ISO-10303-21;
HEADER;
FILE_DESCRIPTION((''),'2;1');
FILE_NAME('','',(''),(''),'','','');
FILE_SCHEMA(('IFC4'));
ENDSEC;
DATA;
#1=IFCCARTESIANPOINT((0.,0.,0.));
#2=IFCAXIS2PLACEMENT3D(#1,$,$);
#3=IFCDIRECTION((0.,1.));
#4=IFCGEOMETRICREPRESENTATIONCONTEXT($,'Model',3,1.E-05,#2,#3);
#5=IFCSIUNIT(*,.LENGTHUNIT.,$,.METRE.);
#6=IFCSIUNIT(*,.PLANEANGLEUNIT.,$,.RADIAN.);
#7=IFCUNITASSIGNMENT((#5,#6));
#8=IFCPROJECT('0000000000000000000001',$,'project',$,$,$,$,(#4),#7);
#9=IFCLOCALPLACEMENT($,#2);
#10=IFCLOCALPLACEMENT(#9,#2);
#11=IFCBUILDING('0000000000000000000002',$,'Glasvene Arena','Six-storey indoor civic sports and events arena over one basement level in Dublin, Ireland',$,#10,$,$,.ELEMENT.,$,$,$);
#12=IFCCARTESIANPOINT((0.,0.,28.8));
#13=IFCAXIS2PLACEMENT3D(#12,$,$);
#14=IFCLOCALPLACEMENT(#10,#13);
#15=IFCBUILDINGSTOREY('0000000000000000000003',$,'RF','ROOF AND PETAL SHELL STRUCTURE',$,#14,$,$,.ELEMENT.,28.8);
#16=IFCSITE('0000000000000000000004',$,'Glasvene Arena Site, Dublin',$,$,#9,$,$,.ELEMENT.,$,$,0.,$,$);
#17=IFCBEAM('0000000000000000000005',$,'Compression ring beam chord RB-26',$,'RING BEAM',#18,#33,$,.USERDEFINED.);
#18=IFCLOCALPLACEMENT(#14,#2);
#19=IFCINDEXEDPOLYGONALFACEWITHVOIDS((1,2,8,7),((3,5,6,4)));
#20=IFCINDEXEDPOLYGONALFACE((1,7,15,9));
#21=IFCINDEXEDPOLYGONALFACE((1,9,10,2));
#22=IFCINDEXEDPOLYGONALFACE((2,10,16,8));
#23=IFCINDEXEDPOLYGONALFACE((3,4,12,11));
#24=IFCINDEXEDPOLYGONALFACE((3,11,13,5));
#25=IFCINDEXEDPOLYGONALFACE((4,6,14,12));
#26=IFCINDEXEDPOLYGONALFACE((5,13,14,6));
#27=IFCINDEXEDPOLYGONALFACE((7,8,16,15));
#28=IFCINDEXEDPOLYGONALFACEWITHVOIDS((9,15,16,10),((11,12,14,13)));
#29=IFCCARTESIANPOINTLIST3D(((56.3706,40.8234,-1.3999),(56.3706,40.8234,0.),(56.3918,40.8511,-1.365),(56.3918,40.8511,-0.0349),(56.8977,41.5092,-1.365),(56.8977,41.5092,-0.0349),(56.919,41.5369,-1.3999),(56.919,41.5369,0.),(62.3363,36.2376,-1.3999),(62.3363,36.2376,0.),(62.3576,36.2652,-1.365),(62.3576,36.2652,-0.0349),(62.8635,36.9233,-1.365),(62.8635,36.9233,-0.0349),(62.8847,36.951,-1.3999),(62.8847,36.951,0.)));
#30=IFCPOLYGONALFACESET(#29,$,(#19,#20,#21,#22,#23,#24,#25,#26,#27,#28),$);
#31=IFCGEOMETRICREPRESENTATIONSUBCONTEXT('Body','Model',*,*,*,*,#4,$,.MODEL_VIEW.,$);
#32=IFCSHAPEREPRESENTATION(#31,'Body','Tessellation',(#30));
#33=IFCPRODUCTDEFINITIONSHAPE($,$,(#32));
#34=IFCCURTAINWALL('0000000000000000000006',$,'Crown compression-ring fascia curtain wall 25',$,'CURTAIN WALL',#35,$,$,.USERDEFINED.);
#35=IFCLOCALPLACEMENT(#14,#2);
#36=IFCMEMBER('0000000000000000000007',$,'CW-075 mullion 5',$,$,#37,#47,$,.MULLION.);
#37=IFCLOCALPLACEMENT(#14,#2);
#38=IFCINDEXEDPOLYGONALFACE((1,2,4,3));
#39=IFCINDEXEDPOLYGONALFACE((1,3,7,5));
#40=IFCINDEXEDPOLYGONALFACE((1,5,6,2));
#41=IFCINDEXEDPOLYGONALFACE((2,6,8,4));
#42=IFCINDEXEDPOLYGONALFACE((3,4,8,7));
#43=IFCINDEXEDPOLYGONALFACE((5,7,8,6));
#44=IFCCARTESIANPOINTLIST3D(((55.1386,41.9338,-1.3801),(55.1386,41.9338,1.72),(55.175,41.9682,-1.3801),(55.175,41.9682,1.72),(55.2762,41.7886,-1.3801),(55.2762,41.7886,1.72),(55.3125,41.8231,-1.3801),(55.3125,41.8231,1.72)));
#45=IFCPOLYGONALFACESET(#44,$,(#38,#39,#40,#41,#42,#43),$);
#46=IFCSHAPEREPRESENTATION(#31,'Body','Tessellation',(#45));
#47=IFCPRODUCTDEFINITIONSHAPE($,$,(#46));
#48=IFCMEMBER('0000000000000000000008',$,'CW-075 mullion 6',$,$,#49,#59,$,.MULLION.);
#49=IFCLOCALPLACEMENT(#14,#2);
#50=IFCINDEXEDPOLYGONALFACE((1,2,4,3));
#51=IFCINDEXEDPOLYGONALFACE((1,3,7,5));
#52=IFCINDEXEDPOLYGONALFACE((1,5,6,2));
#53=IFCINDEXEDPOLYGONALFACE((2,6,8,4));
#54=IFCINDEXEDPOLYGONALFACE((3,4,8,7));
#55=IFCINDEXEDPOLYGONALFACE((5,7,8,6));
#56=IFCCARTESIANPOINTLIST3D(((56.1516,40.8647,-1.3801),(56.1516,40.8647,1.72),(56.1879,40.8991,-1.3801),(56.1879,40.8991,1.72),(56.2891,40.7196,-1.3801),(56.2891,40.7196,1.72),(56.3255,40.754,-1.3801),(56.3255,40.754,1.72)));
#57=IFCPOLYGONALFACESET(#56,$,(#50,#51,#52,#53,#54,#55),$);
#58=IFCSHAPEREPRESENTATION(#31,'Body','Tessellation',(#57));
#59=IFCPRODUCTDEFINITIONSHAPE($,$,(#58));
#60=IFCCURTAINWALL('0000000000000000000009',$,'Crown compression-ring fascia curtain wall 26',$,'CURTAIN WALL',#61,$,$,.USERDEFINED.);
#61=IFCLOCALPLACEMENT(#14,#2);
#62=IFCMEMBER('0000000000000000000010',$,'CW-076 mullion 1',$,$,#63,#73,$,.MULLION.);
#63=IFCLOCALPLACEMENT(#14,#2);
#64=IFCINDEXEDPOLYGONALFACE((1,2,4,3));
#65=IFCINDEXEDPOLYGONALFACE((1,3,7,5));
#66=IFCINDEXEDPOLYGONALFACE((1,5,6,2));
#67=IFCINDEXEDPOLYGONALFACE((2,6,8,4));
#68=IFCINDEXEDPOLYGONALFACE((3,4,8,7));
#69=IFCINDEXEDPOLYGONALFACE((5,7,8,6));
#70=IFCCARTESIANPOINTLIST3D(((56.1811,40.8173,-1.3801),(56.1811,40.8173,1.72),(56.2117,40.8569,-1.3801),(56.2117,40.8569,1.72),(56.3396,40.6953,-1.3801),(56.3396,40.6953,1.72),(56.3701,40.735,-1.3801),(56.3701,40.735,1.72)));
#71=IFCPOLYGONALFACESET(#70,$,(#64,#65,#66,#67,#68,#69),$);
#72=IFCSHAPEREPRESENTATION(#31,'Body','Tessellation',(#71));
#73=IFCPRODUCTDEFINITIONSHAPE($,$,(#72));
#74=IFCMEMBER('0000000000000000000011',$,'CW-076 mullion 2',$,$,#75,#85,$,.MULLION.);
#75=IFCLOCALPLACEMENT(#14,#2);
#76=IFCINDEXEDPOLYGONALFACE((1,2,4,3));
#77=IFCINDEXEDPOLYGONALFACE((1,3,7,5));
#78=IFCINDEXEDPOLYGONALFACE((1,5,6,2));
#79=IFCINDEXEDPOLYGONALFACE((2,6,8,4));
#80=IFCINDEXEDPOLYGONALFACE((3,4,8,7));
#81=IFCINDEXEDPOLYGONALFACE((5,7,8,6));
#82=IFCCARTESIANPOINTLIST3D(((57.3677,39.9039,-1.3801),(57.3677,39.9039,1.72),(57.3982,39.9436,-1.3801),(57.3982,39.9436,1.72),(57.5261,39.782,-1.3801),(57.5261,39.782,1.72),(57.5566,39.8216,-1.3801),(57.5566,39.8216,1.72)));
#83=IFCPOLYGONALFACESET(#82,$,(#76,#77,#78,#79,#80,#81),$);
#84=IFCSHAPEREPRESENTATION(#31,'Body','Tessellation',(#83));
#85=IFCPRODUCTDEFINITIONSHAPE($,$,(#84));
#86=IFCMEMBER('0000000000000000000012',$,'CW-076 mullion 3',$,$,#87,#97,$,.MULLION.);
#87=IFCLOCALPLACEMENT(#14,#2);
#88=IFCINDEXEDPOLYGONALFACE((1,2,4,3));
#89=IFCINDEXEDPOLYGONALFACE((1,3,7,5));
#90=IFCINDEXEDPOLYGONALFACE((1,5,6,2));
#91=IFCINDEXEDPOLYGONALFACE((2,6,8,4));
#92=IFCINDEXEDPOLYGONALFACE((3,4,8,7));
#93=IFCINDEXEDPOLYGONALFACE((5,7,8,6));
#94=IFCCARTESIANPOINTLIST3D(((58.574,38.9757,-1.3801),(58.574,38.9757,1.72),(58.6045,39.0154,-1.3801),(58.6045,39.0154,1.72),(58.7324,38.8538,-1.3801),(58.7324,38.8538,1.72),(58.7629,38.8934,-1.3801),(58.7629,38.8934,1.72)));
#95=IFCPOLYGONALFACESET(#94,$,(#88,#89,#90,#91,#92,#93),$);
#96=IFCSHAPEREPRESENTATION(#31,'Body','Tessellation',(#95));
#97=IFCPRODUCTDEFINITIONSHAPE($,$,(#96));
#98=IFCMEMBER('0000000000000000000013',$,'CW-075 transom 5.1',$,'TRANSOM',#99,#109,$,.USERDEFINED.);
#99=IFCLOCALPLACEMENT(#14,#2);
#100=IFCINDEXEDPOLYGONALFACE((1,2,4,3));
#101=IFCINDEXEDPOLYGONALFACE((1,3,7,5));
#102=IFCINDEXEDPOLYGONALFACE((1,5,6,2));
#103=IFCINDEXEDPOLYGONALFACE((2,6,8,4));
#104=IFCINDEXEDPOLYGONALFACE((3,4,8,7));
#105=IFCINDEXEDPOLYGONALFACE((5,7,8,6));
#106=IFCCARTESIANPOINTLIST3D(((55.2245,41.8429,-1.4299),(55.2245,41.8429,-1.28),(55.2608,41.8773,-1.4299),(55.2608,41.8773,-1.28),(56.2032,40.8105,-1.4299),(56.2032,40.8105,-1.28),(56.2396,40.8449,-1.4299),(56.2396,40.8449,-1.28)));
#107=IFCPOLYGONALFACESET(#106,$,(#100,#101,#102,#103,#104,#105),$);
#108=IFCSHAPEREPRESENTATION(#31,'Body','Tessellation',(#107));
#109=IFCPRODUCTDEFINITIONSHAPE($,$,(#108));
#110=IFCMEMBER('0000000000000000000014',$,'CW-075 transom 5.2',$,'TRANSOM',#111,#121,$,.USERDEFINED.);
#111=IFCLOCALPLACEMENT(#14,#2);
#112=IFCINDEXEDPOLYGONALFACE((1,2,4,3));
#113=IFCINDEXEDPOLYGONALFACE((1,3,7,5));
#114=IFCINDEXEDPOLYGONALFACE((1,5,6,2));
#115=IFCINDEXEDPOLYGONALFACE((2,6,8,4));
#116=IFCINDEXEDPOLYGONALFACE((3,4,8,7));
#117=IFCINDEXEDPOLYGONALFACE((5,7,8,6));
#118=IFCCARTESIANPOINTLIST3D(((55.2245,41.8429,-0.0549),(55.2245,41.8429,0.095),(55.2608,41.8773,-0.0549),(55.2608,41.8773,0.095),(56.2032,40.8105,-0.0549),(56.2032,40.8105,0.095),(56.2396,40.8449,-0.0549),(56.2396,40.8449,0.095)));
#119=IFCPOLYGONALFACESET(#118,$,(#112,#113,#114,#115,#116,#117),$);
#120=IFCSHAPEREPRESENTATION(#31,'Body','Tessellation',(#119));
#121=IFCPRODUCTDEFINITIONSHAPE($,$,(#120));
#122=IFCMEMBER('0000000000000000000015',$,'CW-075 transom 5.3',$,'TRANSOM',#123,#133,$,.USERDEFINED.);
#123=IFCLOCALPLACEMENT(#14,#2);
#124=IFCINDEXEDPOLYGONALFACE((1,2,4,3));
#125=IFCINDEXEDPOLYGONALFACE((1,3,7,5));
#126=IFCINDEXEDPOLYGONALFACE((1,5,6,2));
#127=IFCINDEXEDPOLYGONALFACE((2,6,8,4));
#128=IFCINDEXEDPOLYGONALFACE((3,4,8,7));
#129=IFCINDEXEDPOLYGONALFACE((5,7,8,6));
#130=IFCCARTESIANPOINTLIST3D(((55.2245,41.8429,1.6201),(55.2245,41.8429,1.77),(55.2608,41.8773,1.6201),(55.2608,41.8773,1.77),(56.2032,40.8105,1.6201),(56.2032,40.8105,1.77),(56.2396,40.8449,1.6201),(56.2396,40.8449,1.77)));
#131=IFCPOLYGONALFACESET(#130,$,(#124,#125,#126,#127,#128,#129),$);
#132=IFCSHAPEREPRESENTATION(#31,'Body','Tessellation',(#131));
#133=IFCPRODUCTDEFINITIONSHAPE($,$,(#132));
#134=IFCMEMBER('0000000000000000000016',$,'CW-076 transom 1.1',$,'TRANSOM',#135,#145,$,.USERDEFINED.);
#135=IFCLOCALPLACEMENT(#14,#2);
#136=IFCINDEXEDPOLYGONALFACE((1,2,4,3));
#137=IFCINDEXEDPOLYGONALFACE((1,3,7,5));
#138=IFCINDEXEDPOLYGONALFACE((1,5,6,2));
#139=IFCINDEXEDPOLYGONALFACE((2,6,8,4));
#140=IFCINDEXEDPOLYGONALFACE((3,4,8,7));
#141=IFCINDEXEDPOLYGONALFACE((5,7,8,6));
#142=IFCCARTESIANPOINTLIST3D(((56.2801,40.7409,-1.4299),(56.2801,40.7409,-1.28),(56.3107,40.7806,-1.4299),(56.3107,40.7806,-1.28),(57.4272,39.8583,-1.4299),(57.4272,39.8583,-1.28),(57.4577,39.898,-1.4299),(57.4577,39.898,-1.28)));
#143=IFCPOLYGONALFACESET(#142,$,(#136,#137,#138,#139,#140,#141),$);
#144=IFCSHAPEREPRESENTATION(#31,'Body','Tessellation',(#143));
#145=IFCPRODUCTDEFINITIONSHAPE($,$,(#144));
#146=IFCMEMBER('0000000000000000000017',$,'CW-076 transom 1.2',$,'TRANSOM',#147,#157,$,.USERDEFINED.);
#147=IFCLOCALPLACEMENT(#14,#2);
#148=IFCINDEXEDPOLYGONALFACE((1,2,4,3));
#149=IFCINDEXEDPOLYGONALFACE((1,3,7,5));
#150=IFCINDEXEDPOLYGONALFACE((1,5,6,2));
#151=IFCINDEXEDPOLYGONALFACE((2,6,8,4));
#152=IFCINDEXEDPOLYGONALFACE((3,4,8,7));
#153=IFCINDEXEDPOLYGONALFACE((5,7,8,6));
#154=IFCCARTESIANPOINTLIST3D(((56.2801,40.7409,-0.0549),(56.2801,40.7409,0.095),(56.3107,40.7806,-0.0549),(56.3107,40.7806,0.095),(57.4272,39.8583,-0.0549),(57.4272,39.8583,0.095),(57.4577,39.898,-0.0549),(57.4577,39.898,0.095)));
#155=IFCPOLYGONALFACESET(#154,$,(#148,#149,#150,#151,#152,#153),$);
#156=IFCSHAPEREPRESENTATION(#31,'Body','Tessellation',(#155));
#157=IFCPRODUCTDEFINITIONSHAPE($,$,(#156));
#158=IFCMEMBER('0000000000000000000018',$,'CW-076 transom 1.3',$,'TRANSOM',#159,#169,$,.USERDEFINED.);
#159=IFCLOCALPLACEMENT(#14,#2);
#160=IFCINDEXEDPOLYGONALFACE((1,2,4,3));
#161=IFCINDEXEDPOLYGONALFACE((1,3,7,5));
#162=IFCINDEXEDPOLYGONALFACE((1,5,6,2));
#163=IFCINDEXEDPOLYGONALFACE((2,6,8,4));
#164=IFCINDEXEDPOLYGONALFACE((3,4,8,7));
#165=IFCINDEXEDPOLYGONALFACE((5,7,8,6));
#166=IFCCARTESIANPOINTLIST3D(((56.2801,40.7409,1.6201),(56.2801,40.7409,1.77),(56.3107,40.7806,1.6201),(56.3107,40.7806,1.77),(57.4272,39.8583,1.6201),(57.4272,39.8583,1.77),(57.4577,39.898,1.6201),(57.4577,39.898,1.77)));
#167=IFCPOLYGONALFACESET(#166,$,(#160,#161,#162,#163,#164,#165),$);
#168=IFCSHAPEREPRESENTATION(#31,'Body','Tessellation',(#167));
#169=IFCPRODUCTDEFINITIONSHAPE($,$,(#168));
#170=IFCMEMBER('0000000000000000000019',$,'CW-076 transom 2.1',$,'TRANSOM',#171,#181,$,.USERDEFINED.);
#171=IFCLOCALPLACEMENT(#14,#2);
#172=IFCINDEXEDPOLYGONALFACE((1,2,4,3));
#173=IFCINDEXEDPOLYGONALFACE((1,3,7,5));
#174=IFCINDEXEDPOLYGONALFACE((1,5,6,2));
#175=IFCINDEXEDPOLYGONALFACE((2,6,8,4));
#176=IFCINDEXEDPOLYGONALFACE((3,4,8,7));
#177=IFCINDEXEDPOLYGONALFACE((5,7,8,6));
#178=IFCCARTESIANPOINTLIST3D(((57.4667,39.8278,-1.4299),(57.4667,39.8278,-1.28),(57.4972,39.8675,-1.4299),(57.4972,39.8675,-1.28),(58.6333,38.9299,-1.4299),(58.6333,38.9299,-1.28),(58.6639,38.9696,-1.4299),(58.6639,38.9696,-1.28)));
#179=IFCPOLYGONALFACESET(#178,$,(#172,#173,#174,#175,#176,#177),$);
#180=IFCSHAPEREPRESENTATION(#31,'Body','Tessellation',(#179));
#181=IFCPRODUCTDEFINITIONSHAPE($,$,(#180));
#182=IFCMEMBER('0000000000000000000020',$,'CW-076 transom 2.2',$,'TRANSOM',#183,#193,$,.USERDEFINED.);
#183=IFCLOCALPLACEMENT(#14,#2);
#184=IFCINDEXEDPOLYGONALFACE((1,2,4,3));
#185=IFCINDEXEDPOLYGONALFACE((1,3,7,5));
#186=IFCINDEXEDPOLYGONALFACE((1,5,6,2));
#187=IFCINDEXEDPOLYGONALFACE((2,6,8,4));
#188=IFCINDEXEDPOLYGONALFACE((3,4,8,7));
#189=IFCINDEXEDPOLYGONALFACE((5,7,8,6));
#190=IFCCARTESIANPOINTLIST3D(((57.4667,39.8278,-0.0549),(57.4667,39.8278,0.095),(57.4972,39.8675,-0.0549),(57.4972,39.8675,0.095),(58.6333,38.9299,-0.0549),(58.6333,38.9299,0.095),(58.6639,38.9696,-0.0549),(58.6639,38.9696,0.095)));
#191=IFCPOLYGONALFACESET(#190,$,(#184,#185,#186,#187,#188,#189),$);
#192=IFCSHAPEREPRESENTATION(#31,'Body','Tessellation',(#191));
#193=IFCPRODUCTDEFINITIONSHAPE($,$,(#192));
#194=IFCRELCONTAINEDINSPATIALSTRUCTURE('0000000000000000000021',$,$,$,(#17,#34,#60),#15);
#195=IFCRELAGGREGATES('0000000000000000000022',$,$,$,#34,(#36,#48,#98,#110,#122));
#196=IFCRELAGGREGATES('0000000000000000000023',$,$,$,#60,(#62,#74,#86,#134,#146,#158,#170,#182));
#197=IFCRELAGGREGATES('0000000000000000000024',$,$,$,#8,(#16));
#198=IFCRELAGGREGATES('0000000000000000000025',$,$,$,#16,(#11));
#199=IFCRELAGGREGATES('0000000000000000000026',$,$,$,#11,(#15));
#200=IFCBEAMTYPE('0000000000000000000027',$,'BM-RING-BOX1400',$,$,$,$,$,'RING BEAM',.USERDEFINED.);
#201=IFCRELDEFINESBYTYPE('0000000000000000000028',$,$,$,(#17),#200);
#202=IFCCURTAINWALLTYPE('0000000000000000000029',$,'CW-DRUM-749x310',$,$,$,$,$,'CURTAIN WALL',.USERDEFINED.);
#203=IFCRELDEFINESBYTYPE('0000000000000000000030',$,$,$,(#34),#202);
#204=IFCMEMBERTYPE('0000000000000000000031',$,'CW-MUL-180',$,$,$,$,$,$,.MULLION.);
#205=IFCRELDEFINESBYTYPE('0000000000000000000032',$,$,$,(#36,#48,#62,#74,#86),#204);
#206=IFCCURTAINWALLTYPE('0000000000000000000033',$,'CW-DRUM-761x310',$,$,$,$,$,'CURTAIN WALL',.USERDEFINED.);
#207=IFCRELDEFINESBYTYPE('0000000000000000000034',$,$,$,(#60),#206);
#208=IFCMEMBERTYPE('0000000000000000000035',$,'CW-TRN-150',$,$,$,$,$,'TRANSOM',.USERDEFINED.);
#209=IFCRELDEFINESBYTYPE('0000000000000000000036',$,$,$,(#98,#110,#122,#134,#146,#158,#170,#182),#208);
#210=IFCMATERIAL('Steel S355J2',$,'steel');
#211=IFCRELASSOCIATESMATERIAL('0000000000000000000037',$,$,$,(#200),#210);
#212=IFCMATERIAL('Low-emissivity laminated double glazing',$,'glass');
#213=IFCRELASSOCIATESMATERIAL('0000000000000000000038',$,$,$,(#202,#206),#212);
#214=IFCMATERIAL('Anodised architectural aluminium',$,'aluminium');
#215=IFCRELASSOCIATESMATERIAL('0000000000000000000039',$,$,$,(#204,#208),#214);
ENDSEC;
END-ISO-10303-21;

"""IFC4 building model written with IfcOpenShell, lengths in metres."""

from ifc_helpers import new_model, si_unit, direction, frame, origin, origin_2d, place, context, subcontext, project, spatial, rectangle, hollow_rectangle, extrude, material, material_profile, profile_set, type_object, element, aggregate, save


model = new_model("IFC4")

# Units and contexts
model_context = context("Model", 3, precision=1e-05, world=origin(), true_north=direction((0.0, 1.0)))
body_context = subcontext(model_context, "Body", "Model", "MODEL_VIEW")
ifc_project = project(units=[si_unit("LENGTHUNIT", "METRE"), si_unit("PLANEANGLEUNIT", "RADIAN")], contexts=[model_context])

# Site, building, storey
site_placement = place(None, origin())
site = spatial("IfcSite", under=ifc_project, at=site_placement, Name="Glasvene Arena Site, Dublin", CompositionType="ELEMENT", RefElevation=0.0)
building_placement = place(site_placement, origin())
building = spatial("IfcBuilding", under=site, at=building_placement, Name="Glasvene Arena", Description="Six-storey indoor civic sports and events arena over one basement level in Dublin, Ireland", CompositionType="ELEMENT")
storey_placement = place(building_placement, frame((0.0, 0.0, 28.8)))
storey = spatial("IfcBuildingStorey", under=building, at=storey_placement, Name="RF", Description="ROOF AND PETAL SHELL STRUCTURE", CompositionType="ELEMENT", Elevation=28.8)

# Beam
ifc_material_1 = material(Name="Steel S355J2", Category="steel")
ifc_material_profile_1 = material_profile(ifc_material_1, hollow_rectangle(XDim=0.8999, YDim=1.3999, WallThickness=0.0349, at=origin_2d()), Name="WBOX 900x1400x35")
ifc_profile_set_1 = profile_set([ifc_material_profile_1], Name="Steel S355J2")
beam_type = type_object("IfcBeamType", Name="BM-RING-BOX1400", ElementType="RING BEAM", PredefinedType="USERDEFINED", material=ifc_profile_set_1)
beam_placement = place(storey_placement, frame((56.6448, 41.1802, -0.7), z_axis=(0.792827, -0.609447, 0.0), x_axis=(0.609447, 0.792827, 0.0)))
element("IfcBeam", 1, at=beam_placement, inside=storey, type_object=beam_type, Name="Compression ring beam chord RB-26", ObjectType="RING BEAM", PredefinedType="USERDEFINED", context=body_context, shape_type="SweptSolid", body=[
    extrude(hollow_rectangle(XDim=0.8999, YDim=1.3999, WallThickness=0.0349, at=origin_2d()), origin(), (0.0, 0.0, 1.0), 7.5247),
])

# Curtain walls, members
ifc_material_2 = material(Name="Low-emissivity laminated double glazing", Category="glass")
curtain_wall_type_1 = type_object("IfcCurtainWallType", Name="CW-DRUM-749x310", ElementType="CURTAIN WALL", PredefinedType="USERDEFINED", material=ifc_material_2)
curtain_wall_1_placement = place(storey_placement, frame((51.1042, 46.2263, 0.0)))
curtain_wall_1 = element("IfcCurtainWall", 2, at=curtain_wall_1_placement, inside=storey, type_object=curtain_wall_type_1, Name="Crown compression-ring fascia curtain wall 25", ObjectType="CURTAIN WALL", PredefinedType="USERDEFINED")
ifc_material_3 = material(Name="Anodised architectural aluminium", Category="aluminium")
ifc_material_profile_2 = material_profile(ifc_material_3, rectangle(XDim=0.05, YDim=0.2, at=origin_2d()), Name="ALU MULLION 50x200")
ifc_profile_set_2 = profile_set([ifc_material_profile_2], Name="Anodised architectural aluminium")
member_type_1 = type_object("IfcMemberType", Name="CW-MUL-180", PredefinedType="MULLION", material=ifc_profile_set_2)
member_1_placement = place(storey_placement, frame((55.2256, 41.8784, -1.3801), z_axis=(0.0, 0.0, 1.0), x_axis=(0.725782, 0.687925, 0.0)))
member_1 = element("IfcMember", 3, at=member_1_placement, type_object=member_type_1, Name="CW-075 mullion 5", PredefinedType="MULLION", context=body_context, shape_type="SweptSolid", body=[
    extrude(rectangle(XDim=0.05, YDim=0.2, at=origin_2d()), origin(), (0.0, 0.0, 1.0), 3.1001),
])
member_2_placement = place(storey_placement, frame((56.2385, 40.8093, -1.3801), z_axis=(0.0, 0.0, 1.0), x_axis=(0.725782, 0.687925, 0.0)))
member_2 = element("IfcMember", 4, at=member_2_placement, type_object=member_type_1, Name="CW-075 mullion 6", PredefinedType="MULLION", context=body_context, shape_type="SweptSolid", body=[
    extrude(rectangle(XDim=0.05, YDim=0.2, at=origin_2d()), origin(), (0.0, 0.0, 1.0), 3.1001),
])
curtain_wall_type_2 = type_object("IfcCurtainWallType", Name="CW-DRUM-761x310", ElementType="CURTAIN WALL", PredefinedType="USERDEFINED", material=ifc_material_2)
curtain_wall_2_placement = place(storey_placement, frame((56.2559, 40.7913, 0.0)))
curtain_wall_2 = element("IfcCurtainWall", 5, at=curtain_wall_2_placement, inside=storey, type_object=curtain_wall_type_2, Name="Crown compression-ring fascia curtain wall 26", ObjectType="CURTAIN WALL", PredefinedType="USERDEFINED")
member_3_placement = place(storey_placement, frame((56.2756, 40.7761, -1.3801), z_axis=(0.0, 0.0, 1.0), x_axis=(0.609895, 0.792482, 0.0)))
member_3 = element("IfcMember", 6, at=member_3_placement, type_object=member_type_1, Name="CW-076 mullion 1", PredefinedType="MULLION", context=body_context, shape_type="SweptSolid", body=[
    extrude(rectangle(XDim=0.05, YDim=0.2, at=origin_2d()), origin(), (0.0, 0.0, 1.0), 3.1001),
])
member_4_placement = place(storey_placement, frame((57.4622, 39.8628, -1.3801), z_axis=(0.0, 0.0, 1.0), x_axis=(0.609895, 0.792482, 0.0)))
member_4 = element("IfcMember", 7, at=member_4_placement, type_object=member_type_1, Name="CW-076 mullion 2", PredefinedType="MULLION", context=body_context, shape_type="SweptSolid", body=[
    extrude(rectangle(XDim=0.05, YDim=0.2, at=origin_2d()), origin(), (0.0, 0.0, 1.0), 3.1001),
])
member_5_placement = place(storey_placement, frame((58.6685, 38.9346, -1.3801), z_axis=(0.0, 0.0, 1.0), x_axis=(0.609895, 0.792482, 0.0)))
member_5 = element("IfcMember", 8, at=member_5_placement, type_object=member_type_1, Name="CW-076 mullion 3", PredefinedType="MULLION", context=body_context, shape_type="SweptSolid", body=[
    extrude(rectangle(XDim=0.05, YDim=0.2, at=origin_2d()), origin(), (0.0, 0.0, 1.0), 3.1001),
])

# Members
ifc_material_profile_3 = material_profile(ifc_material_3, rectangle(XDim=0.05, YDim=0.1499, at=origin_2d()), Name="ALU TRANSOM 50x150")
ifc_profile_set_3 = profile_set([ifc_material_profile_3], Name="Anodised architectural aluminium")
member_type_2 = type_object("IfcMemberType", Name="CW-TRN-150", ElementType="TRANSOM", PredefinedType="USERDEFINED", material=ifc_profile_set_3)
member_6_placement = place(storey_placement, frame((55.2427, 41.8601, -1.355), z_axis=(0.687978, -0.725732, 0.0), x_axis=(0.725732, 0.687978, 0.0)))
member_6 = element("IfcMember", 9, at=member_6_placement, type_object=member_type_2, Name="CW-075 transom 5.1", ObjectType="TRANSOM", PredefinedType="USERDEFINED", context=body_context, shape_type="SweptSolid", body=[
    extrude(rectangle(XDim=0.05, YDim=0.1499, at=origin_2d()), origin(), (0.0, 0.0, 1.0), 1.4226),
])
member_7_placement = place(storey_placement, frame((55.2427, 41.8601, 0.02), z_axis=(0.687978, -0.725732, 0.0), x_axis=(0.725732, 0.687978, 0.0)))
member_7 = element("IfcMember", 10, at=member_7_placement, type_object=member_type_2, Name="CW-075 transom 5.2", ObjectType="TRANSOM", PredefinedType="USERDEFINED", context=body_context, shape_type="SweptSolid", body=[
    extrude(rectangle(XDim=0.05, YDim=0.1499, at=origin_2d()), origin(), (0.0, 0.0, 1.0), 1.4226),
])
member_8_placement = place(storey_placement, frame((55.2427, 41.8601, 1.6951), z_axis=(0.687978, -0.725732, 0.0), x_axis=(0.725732, 0.687978, 0.0)))
member_8 = element("IfcMember", 11, at=member_8_placement, type_object=member_type_2, Name="CW-075 transom 5.3", ObjectType="TRANSOM", PredefinedType="USERDEFINED", context=body_context, shape_type="SweptSolid", body=[
    extrude(rectangle(XDim=0.05, YDim=0.1499, at=origin_2d()), origin(), (0.0, 0.0, 1.0), 1.4226),
])
member_9_placement = place(storey_placement, frame((56.2954, 40.7607, -1.355), z_axis=(0.79253, -0.609833, 0.0), x_axis=(0.609833, 0.79253, 0.0)))
member_9 = element("IfcMember", 12, at=member_9_placement, type_object=member_type_2, Name="CW-076 transom 1.1", ObjectType="TRANSOM", PredefinedType="USERDEFINED", context=body_context, shape_type="SweptSolid", body=[
    extrude(rectangle(XDim=0.05, YDim=0.1499, at=origin_2d()), origin(), (0.0, 0.0, 1.0), 1.4473),
])
member_10_placement = place(storey_placement, frame((56.2954, 40.7607, 0.02), z_axis=(0.79253, -0.609833, 0.0), x_axis=(0.609833, 0.79253, 0.0)))
member_10 = element("IfcMember", 13, at=member_10_placement, type_object=member_type_2, Name="CW-076 transom 1.2", ObjectType="TRANSOM", PredefinedType="USERDEFINED", context=body_context, shape_type="SweptSolid", body=[
    extrude(rectangle(XDim=0.05, YDim=0.1499, at=origin_2d()), origin(), (0.0, 0.0, 1.0), 1.4473),
])
member_11_placement = place(storey_placement, frame((56.2954, 40.7607, 1.6951), z_axis=(0.79253, -0.609833, 0.0), x_axis=(0.609833, 0.79253, 0.0)))
member_11 = element("IfcMember", 14, at=member_11_placement, type_object=member_type_2, Name="CW-076 transom 1.3", ObjectType="TRANSOM", PredefinedType="USERDEFINED", context=body_context, shape_type="SweptSolid", body=[
    extrude(rectangle(XDim=0.05, YDim=0.1499, at=origin_2d()), origin(), (0.0, 0.0, 1.0), 1.4473),
])
member_12_placement = place(storey_placement, frame((57.4819, 39.8477, -1.355), z_axis=(0.792476, -0.609903, 0.0), x_axis=(0.609903, 0.792476, 0.0)))
member_12 = element("IfcMember", 15, at=member_12_placement, type_object=member_type_2, Name="CW-076 transom 2.1", ObjectType="TRANSOM", PredefinedType="USERDEFINED", context=body_context, shape_type="SweptSolid", body=[
    extrude(rectangle(XDim=0.05, YDim=0.1499, at=origin_2d()), origin(), (0.0, 0.0, 1.0), 1.4722),
])
member_13_placement = place(storey_placement, frame((57.4819, 39.8477, 0.02), z_axis=(0.792476, -0.609903, 0.0), x_axis=(0.609903, 0.792476, 0.0)))
member_13 = element("IfcMember", 16, at=member_13_placement, type_object=member_type_2, Name="CW-076 transom 2.2", ObjectType="TRANSOM", PredefinedType="USERDEFINED", context=body_context, shape_type="SweptSolid", body=[
    extrude(rectangle(XDim=0.05, YDim=0.1499, at=origin_2d()), origin(), (0.0, 0.0, 1.0), 1.4722),
])

aggregate(curtain_wall_1, [member_1, member_2, member_6, member_7, member_8])
aggregate(curtain_wall_2, [member_3, member_4, member_5, member_9, member_10, member_11, member_12, member_13])

save(model, "model.ifc")
